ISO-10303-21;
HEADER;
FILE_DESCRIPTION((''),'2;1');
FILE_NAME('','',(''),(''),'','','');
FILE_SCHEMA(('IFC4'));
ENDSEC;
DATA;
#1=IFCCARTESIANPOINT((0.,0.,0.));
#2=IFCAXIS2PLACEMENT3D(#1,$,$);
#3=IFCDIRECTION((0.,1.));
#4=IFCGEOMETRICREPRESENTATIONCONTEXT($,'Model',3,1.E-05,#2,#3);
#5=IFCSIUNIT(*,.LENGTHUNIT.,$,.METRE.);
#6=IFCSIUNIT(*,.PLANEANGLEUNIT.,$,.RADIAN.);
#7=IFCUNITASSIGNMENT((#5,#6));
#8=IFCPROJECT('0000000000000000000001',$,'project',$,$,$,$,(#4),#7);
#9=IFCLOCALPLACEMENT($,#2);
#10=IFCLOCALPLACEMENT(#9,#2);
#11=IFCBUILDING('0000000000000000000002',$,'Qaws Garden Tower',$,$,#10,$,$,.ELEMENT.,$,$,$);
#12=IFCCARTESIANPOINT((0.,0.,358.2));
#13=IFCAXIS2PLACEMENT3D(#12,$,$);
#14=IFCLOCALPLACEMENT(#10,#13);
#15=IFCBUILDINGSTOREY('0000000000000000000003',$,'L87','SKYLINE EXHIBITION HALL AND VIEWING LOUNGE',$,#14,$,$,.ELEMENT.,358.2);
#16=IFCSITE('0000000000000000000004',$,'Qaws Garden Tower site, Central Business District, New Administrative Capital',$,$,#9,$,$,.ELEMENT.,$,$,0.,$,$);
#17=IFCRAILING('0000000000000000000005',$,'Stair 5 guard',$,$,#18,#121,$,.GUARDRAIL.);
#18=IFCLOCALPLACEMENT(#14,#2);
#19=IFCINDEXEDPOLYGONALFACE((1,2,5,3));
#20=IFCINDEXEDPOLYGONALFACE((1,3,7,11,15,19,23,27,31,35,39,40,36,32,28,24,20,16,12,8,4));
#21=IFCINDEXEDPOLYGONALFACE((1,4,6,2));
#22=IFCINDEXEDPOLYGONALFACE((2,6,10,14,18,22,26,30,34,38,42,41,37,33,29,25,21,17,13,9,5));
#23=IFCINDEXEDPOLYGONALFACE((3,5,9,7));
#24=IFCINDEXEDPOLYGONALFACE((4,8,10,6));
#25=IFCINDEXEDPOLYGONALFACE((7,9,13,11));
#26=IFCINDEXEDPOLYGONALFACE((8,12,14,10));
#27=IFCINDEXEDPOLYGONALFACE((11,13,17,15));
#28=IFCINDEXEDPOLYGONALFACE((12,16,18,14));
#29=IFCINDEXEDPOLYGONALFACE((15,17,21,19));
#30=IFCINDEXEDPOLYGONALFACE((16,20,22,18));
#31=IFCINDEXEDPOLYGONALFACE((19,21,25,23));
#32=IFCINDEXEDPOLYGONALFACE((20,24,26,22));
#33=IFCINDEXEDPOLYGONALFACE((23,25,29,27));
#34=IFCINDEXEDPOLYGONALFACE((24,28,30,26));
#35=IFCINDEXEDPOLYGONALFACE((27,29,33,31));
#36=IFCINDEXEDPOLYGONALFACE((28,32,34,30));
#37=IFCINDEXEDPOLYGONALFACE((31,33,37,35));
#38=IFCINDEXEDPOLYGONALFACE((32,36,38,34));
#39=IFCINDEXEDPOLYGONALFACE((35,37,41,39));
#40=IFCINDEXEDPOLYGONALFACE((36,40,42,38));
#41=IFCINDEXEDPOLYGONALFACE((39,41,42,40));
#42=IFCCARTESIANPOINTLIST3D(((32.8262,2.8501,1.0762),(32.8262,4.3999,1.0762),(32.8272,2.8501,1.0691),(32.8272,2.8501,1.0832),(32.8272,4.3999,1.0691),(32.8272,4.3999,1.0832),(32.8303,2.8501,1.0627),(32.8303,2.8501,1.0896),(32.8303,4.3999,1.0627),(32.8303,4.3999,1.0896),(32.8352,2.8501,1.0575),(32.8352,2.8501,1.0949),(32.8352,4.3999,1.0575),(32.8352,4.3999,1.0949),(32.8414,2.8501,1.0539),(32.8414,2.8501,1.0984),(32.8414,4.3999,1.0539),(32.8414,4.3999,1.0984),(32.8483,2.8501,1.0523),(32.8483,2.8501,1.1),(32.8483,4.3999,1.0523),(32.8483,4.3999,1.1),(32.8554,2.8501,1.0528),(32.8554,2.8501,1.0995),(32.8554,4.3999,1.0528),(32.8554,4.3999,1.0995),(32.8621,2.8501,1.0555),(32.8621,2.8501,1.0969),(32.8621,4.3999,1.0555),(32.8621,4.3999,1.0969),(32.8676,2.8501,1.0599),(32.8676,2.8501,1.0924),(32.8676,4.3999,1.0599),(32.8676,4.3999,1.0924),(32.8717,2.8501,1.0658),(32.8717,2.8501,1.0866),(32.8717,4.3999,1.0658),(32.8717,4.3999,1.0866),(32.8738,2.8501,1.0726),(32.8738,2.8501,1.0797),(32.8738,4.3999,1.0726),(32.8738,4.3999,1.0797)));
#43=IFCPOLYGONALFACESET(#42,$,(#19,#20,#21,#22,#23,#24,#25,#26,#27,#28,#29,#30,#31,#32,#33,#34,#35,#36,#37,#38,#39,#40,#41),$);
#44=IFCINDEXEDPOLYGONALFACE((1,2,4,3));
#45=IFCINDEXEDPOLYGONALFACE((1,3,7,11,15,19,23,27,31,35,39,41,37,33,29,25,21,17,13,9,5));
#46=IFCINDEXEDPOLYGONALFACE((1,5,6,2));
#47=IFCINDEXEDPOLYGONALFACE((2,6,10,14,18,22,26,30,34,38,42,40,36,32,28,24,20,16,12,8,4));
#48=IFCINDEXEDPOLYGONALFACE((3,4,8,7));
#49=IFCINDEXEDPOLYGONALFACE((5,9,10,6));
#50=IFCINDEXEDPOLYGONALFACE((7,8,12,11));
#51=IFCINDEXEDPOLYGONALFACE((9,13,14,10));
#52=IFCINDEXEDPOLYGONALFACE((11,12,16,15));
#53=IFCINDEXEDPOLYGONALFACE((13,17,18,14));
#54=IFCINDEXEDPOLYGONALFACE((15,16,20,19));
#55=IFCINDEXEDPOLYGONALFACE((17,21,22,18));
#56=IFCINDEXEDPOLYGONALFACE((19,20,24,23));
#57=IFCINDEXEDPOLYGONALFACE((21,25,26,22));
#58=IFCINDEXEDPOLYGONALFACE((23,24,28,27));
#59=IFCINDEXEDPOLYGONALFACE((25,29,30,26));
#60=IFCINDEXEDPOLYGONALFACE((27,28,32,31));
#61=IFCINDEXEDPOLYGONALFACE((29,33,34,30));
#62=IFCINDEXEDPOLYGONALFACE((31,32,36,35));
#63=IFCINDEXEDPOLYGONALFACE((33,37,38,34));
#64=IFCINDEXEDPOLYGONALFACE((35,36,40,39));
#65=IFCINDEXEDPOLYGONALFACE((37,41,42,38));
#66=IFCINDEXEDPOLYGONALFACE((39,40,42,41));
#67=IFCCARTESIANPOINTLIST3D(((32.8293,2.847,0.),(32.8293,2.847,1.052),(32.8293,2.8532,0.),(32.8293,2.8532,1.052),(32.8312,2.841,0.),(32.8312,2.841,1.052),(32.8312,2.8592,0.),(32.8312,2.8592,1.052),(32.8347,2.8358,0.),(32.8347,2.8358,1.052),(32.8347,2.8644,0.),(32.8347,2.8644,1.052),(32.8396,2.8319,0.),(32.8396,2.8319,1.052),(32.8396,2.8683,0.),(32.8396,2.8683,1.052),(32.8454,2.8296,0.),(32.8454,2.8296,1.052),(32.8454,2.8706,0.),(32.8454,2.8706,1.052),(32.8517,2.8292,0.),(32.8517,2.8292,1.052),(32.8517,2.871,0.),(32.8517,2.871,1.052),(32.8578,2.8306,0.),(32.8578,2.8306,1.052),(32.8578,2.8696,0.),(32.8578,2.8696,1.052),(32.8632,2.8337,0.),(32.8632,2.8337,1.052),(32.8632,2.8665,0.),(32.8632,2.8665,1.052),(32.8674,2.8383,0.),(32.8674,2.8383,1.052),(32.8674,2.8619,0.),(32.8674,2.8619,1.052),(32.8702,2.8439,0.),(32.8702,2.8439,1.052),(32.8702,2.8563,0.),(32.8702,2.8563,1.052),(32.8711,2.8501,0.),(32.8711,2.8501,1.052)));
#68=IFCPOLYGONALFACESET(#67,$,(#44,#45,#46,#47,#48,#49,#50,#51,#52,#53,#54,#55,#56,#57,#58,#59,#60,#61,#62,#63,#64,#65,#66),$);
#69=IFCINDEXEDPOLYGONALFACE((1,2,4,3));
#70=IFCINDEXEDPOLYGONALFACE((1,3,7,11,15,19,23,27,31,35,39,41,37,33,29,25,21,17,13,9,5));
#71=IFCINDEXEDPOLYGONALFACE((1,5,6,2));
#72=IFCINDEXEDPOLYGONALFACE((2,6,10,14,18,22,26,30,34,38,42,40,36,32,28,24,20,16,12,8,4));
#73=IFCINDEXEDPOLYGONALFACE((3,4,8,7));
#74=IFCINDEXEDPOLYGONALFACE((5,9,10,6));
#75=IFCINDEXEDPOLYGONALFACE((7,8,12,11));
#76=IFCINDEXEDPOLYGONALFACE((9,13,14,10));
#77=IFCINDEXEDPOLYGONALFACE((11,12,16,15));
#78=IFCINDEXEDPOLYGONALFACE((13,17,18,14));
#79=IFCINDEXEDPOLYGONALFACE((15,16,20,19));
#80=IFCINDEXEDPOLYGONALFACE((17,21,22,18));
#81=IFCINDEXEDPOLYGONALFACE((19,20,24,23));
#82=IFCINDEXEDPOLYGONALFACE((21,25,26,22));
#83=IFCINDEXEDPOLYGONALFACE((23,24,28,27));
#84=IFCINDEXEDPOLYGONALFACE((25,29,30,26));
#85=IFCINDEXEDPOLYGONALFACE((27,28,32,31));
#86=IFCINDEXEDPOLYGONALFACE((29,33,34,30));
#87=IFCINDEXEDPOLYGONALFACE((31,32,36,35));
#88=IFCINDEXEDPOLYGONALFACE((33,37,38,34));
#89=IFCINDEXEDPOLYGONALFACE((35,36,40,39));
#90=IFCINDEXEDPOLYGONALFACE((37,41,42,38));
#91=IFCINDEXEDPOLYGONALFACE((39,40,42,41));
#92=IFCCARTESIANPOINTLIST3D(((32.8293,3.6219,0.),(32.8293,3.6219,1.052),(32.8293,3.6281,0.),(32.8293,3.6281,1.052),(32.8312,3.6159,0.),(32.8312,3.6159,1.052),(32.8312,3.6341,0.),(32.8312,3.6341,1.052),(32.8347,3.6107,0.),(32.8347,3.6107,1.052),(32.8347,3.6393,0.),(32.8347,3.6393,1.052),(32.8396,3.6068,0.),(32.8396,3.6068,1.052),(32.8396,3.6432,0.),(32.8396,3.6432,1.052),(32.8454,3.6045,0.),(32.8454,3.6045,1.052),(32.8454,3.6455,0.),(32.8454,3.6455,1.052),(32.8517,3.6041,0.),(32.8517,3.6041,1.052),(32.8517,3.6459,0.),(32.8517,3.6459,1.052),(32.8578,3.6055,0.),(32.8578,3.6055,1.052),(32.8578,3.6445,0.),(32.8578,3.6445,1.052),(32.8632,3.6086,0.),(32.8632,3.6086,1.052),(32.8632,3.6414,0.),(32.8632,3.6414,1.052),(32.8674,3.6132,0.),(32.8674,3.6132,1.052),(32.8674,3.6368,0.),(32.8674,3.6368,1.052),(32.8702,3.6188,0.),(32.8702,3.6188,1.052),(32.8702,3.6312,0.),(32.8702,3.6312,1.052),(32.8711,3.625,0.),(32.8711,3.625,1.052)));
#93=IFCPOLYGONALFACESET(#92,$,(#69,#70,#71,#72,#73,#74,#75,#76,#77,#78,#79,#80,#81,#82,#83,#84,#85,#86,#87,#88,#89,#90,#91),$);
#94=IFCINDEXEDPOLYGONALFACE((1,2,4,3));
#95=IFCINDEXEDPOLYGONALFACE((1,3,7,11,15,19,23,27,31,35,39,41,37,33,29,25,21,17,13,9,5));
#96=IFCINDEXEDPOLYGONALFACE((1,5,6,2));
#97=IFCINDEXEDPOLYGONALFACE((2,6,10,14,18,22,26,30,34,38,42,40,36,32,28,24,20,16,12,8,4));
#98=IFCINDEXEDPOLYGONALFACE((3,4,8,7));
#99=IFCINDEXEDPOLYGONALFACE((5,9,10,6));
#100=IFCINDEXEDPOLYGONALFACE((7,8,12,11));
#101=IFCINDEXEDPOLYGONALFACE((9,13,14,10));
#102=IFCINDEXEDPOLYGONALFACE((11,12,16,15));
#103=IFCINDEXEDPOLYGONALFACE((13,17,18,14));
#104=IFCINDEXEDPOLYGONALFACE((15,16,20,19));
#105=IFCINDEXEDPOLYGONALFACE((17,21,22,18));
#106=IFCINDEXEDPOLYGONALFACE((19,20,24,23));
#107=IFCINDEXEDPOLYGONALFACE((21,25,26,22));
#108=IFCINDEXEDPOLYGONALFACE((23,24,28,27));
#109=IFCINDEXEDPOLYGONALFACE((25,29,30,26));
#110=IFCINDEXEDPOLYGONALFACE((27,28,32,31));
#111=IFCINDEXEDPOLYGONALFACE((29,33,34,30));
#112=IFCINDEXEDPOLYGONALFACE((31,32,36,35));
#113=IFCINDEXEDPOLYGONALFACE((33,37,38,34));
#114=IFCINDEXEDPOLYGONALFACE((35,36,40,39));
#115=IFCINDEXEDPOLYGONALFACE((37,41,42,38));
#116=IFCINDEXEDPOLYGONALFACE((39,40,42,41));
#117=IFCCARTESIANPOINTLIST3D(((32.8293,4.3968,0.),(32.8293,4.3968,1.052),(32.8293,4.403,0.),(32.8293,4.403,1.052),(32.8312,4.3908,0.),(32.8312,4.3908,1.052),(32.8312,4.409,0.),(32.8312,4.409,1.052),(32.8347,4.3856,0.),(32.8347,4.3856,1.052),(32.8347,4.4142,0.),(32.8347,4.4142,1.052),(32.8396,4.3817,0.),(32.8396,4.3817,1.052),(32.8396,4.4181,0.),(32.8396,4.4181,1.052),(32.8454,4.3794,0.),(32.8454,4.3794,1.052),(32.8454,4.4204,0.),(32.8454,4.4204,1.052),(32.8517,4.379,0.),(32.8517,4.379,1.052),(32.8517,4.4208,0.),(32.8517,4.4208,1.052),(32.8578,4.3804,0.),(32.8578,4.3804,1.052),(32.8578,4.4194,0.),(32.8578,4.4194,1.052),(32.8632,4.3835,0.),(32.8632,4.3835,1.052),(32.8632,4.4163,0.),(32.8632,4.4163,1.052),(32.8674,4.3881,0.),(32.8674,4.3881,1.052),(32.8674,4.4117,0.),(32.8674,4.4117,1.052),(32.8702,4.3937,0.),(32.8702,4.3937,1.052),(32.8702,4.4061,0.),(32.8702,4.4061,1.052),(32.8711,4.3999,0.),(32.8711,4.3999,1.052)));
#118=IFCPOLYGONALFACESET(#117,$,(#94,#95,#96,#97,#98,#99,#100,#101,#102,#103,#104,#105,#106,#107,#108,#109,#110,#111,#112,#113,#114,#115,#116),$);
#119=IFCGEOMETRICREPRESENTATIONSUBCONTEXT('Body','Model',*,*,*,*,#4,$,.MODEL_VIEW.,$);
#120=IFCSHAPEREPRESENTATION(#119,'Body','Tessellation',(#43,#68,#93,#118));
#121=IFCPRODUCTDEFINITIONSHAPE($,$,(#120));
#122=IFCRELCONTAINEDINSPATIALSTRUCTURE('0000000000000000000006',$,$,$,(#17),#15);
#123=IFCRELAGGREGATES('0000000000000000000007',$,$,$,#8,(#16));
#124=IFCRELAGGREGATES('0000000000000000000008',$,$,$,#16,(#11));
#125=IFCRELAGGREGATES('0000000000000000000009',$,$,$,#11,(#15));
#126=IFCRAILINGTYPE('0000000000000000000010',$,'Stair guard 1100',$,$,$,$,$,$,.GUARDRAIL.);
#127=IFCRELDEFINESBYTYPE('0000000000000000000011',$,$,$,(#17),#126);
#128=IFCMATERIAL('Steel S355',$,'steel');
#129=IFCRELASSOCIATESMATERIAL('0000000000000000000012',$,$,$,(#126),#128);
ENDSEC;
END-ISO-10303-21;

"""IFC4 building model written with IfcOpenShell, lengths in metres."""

from ifc_helpers import new_model, si_unit, direction, frame, origin, origin_2d, place, context, subcontext, project, spatial, circle, extrude, material, type_object, element, save


model = new_model("IFC4")

# Units and contexts
model_context = context("Model", 3, precision=1e-05, world=origin(), true_north=direction((0.0, 1.0)))
body_context = subcontext(model_context, "Body", "Model", "MODEL_VIEW")
ifc_project = project(units=[si_unit("LENGTHUNIT", "METRE"), si_unit("PLANEANGLEUNIT", "RADIAN")], contexts=[model_context])

# Site, building, storey
site_placement = place(None, origin())
site = spatial("IfcSite", under=ifc_project, at=site_placement, Name="Qaws Garden Tower site, Central Business District, New Administrative Capital", CompositionType="ELEMENT", RefElevation=0.0)
building_placement = place(site_placement, origin())
building = spatial("IfcBuilding", under=site, at=building_placement, Name="Qaws Garden Tower", CompositionType="ELEMENT")
storey_placement = place(building_placement, frame((0.0, 0.0, 358.2)))
storey = spatial("IfcBuildingStorey", under=building, at=storey_placement, Name="L87", Description="SKYLINE EXHIBITION HALL AND VIEWING LOUNGE", CompositionType="ELEMENT", Elevation=358.2)

# Railing
ifc_material_1 = material(Name="Steel S355", Category="steel")
railing_type = type_object("IfcRailingType", Name="Stair guard 1100", PredefinedType="GUARDRAIL", material=ifc_material_1)
railing_placement = place(storey_placement, frame((32.8501, 2.8501, 0.0)))
element("IfcRailing", 1, at=railing_placement, inside=storey, type_object=railing_type, Name="Stair 5 guard", PredefinedType="GUARDRAIL", context=body_context, shape_type="SweptSolid", body=[
    extrude(circle(Radius=0.0239, at=origin_2d()), frame((0.0, 0.0, 1.0762), z_axis=(0.0, 1.0, 0.0), x_axis=(-1.0, 0.0, 0.0)), (0.0, 0.0, 1.0), 1.5498),
    extrude(circle(Radius=0.021, at=origin_2d()), origin(), (0.0, 0.0, 1.0), 1.052),
    extrude(circle(Radius=0.021, at=origin_2d()), frame((0.0, 0.7749, 0.0)), (0.0, 0.0, 1.0), 1.052),
    extrude(circle(Radius=0.021, at=origin_2d()), frame((0.0, 1.5498, 0.0)), (0.0, 0.0, 1.0), 1.052),
])

save(model, "model.ifc")
